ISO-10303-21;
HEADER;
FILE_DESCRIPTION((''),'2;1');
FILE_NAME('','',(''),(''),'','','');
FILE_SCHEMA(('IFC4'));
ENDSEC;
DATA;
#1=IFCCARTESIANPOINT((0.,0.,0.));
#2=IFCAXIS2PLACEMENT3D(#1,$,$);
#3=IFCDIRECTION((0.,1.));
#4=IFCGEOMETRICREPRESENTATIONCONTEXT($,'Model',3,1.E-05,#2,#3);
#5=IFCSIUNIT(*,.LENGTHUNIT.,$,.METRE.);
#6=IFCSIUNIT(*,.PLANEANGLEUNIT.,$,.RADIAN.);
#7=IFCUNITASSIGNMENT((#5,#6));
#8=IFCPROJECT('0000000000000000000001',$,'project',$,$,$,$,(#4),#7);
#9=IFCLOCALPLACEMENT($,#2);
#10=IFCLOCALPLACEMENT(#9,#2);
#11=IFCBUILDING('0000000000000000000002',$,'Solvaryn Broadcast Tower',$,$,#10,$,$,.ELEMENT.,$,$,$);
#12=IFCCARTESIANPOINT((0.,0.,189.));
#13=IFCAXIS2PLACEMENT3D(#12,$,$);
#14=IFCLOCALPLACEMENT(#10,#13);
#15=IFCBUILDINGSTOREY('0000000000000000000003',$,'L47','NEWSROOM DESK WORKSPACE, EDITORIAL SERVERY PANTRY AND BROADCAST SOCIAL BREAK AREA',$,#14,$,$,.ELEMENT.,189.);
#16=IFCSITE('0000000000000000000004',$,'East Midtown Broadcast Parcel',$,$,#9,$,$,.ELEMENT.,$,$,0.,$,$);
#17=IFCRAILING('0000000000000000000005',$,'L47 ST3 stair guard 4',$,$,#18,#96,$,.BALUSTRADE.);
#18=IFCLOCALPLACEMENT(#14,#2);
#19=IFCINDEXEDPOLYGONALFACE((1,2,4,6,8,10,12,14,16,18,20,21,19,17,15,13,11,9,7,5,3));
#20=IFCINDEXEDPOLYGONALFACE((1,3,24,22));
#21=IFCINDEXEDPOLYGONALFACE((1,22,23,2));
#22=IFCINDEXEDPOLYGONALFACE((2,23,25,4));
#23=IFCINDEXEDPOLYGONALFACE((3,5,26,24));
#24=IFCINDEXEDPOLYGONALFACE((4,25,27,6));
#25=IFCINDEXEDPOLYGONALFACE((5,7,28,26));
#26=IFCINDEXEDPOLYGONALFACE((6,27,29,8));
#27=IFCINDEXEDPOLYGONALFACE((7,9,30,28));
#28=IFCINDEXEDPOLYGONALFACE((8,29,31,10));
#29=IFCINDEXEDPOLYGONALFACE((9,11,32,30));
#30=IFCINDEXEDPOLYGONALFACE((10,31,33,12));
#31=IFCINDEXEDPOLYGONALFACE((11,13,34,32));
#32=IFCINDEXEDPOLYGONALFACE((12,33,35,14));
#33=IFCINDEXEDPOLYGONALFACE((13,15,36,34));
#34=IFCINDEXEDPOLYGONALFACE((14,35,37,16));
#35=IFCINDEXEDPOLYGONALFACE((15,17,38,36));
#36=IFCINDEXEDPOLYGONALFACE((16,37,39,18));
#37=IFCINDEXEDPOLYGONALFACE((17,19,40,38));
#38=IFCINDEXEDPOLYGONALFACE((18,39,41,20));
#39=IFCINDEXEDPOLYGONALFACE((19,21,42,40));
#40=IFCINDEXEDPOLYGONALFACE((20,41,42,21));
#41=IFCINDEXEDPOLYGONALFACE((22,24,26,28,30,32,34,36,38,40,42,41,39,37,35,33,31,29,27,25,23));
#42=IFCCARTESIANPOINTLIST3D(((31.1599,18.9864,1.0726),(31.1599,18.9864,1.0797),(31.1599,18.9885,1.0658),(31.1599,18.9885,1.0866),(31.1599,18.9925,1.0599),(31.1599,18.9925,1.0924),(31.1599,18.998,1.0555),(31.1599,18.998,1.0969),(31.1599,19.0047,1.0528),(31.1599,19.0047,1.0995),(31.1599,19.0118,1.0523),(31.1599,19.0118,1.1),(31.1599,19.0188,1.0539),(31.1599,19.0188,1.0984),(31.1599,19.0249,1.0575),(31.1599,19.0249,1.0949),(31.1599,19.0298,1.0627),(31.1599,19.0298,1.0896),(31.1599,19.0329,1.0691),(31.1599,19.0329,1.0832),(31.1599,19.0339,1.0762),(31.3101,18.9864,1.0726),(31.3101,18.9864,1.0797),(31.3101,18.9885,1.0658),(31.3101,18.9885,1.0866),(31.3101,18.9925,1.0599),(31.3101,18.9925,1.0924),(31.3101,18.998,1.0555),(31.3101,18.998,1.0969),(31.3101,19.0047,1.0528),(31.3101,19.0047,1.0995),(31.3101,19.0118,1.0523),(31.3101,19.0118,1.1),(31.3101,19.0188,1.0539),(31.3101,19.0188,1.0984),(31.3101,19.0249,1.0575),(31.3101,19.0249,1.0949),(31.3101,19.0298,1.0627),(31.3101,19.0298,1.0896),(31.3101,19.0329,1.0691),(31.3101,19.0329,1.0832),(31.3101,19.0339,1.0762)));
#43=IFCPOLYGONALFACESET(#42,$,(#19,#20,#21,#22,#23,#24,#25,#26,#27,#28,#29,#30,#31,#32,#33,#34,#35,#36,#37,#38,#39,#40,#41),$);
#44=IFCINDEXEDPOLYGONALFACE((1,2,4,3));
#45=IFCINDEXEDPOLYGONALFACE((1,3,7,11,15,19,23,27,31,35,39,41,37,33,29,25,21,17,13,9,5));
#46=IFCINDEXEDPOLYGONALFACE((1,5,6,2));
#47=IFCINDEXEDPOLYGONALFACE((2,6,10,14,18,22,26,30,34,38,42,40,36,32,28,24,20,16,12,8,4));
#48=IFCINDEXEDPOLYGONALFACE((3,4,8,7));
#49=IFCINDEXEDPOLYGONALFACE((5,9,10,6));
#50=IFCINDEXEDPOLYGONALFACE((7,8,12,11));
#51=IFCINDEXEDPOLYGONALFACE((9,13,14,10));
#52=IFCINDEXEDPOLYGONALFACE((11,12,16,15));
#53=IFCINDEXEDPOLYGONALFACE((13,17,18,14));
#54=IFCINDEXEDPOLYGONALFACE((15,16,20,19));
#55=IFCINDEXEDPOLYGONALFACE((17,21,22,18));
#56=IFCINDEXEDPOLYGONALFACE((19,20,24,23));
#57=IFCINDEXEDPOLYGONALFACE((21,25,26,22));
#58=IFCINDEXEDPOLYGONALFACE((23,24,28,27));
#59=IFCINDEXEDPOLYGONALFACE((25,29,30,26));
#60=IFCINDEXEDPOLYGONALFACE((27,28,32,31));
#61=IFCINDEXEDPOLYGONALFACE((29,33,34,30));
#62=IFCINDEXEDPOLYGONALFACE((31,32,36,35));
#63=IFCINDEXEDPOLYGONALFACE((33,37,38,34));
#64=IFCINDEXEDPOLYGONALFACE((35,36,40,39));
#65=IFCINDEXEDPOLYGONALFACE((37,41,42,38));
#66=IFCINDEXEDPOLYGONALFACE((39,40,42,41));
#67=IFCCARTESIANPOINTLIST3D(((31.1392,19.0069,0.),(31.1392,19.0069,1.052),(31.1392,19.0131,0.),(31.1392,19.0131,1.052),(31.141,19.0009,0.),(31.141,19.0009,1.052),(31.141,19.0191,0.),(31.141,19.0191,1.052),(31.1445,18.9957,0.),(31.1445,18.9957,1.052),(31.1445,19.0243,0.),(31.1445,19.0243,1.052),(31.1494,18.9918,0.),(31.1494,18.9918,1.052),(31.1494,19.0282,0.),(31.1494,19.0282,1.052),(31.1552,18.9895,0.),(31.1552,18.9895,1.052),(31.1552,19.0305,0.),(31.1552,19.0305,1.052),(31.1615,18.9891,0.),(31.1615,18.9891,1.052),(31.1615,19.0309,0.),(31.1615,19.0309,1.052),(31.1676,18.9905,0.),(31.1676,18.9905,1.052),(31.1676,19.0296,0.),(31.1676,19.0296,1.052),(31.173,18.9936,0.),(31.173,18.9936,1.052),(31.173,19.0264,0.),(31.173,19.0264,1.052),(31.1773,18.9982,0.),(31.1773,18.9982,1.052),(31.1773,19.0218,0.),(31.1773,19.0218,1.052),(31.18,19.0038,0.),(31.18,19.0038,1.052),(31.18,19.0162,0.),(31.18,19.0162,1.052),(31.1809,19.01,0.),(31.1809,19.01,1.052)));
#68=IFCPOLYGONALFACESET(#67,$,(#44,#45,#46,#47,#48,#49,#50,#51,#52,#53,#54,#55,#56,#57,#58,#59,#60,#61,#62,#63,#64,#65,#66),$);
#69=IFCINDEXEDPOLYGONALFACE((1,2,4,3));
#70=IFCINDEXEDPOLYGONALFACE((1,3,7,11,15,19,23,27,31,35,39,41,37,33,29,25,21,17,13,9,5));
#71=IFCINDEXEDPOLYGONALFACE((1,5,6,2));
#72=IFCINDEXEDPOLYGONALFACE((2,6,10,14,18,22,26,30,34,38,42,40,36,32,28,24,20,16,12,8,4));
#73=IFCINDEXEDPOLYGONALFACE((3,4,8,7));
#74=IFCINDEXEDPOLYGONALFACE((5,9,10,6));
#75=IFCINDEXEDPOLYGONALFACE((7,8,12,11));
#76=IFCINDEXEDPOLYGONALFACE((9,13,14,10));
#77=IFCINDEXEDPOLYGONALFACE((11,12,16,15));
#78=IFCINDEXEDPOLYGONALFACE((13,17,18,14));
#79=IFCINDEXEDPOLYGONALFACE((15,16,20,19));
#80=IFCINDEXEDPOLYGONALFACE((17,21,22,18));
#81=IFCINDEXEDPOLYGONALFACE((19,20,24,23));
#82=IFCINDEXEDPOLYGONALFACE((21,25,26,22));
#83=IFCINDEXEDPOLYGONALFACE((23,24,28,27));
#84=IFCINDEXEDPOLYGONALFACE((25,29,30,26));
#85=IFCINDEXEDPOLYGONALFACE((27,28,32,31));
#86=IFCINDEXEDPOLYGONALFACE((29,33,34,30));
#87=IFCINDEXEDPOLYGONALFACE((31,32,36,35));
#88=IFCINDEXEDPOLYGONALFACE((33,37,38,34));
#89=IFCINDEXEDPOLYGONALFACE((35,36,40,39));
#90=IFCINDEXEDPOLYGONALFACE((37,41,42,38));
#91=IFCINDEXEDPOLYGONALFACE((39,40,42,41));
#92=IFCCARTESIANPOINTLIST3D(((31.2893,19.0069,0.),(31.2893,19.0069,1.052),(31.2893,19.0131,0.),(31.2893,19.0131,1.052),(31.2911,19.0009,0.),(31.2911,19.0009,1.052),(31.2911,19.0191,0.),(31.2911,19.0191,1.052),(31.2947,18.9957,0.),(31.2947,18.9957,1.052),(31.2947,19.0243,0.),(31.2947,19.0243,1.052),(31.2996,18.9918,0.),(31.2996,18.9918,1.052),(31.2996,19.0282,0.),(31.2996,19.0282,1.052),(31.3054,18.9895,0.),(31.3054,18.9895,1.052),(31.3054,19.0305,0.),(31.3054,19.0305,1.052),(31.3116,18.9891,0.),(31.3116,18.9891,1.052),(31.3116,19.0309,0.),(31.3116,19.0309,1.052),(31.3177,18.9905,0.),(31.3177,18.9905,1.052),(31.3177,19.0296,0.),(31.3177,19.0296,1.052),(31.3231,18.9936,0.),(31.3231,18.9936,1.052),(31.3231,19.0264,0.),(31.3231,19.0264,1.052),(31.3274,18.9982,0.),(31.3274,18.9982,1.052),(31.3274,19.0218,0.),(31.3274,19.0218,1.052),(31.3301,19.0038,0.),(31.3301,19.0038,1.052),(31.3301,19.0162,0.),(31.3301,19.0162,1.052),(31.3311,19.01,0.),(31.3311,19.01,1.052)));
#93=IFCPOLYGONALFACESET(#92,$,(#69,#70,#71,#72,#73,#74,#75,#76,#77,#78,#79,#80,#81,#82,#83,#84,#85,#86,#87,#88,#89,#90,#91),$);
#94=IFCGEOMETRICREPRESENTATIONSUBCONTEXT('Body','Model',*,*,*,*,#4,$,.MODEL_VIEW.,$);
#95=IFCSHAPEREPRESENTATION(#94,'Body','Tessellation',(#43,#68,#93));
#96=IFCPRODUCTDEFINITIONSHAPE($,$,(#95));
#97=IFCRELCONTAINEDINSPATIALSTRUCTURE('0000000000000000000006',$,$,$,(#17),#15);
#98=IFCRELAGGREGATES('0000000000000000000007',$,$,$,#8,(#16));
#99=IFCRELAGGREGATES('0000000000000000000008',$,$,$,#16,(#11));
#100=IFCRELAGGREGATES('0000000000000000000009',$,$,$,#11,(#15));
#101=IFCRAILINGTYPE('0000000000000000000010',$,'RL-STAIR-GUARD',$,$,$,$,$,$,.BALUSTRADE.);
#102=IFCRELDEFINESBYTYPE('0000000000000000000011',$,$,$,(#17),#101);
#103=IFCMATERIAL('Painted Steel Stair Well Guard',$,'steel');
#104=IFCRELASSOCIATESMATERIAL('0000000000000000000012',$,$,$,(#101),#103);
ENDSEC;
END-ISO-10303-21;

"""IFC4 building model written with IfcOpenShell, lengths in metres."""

from ifc_helpers import new_model, si_unit, direction, frame, origin, origin_2d, place, context, subcontext, project, spatial, circle, extrude, material, type_object, element, save


model = new_model("IFC4")

# Units and contexts
model_context = context("Model", 3, precision=1e-05, world=origin(), true_north=direction((0.0, 1.0)))
body_context = subcontext(model_context, "Body", "Model", "MODEL_VIEW")
ifc_project = project(units=[si_unit("LENGTHUNIT", "METRE"), si_unit("PLANEANGLEUNIT", "RADIAN")], contexts=[model_context])

# Site, building, storey
site_placement = place(None, origin())
site = spatial("IfcSite", under=ifc_project, at=site_placement, Name="East Midtown Broadcast Parcel", CompositionType="ELEMENT", RefElevation=0.0)
building_placement = place(site_placement, origin())
building = spatial("IfcBuilding", under=site, at=building_placement, Name="Solvaryn Broadcast Tower", CompositionType="ELEMENT")
storey_placement = place(building_placement, frame((0.0, 0.0, 189.0)))
storey = spatial("IfcBuildingStorey", under=building, at=storey_placement, Name="L47", Description="NEWSROOM DESK WORKSPACE, EDITORIAL SERVERY PANTRY AND BROADCAST SOCIAL BREAK AREA", CompositionType="ELEMENT", Elevation=189.0)

# Railing
ifc_material_1 = material(Name="Painted Steel Stair Well Guard", Category="steel")
railing_type = type_object("IfcRailingType", Name="RL-STAIR-GUARD", PredefinedType="BALUSTRADE", material=ifc_material_1)
railing_1_placement = place(storey_placement, frame((31.1599, 19.01, 0.0)))
element("IfcRailing", 1, at=railing_1_placement, inside=storey, type_object=railing_type, Name="L47 ST3 stair guard 4", PredefinedType="BALUSTRADE", context=body_context, shape_type="SweptSolid", body=[
    extrude(circle(Radius=0.0239, at=origin_2d()), frame((0.0, 0.0, 1.0762), z_axis=(1.0, 0.0, 0.0), x_axis=(0.0, 1.0, 0.0)), (0.0, 0.0, 1.0), 0.1501),
    extrude(circle(Radius=0.021, at=origin_2d()), origin(), (0.0, 0.0, 1.0), 1.052),
    extrude(circle(Radius=0.021, at=origin_2d()), frame((0.1501, 0.0, 0.0)), (0.0, 0.0, 1.0), 1.052),
])

save(model, "model.ifc")
